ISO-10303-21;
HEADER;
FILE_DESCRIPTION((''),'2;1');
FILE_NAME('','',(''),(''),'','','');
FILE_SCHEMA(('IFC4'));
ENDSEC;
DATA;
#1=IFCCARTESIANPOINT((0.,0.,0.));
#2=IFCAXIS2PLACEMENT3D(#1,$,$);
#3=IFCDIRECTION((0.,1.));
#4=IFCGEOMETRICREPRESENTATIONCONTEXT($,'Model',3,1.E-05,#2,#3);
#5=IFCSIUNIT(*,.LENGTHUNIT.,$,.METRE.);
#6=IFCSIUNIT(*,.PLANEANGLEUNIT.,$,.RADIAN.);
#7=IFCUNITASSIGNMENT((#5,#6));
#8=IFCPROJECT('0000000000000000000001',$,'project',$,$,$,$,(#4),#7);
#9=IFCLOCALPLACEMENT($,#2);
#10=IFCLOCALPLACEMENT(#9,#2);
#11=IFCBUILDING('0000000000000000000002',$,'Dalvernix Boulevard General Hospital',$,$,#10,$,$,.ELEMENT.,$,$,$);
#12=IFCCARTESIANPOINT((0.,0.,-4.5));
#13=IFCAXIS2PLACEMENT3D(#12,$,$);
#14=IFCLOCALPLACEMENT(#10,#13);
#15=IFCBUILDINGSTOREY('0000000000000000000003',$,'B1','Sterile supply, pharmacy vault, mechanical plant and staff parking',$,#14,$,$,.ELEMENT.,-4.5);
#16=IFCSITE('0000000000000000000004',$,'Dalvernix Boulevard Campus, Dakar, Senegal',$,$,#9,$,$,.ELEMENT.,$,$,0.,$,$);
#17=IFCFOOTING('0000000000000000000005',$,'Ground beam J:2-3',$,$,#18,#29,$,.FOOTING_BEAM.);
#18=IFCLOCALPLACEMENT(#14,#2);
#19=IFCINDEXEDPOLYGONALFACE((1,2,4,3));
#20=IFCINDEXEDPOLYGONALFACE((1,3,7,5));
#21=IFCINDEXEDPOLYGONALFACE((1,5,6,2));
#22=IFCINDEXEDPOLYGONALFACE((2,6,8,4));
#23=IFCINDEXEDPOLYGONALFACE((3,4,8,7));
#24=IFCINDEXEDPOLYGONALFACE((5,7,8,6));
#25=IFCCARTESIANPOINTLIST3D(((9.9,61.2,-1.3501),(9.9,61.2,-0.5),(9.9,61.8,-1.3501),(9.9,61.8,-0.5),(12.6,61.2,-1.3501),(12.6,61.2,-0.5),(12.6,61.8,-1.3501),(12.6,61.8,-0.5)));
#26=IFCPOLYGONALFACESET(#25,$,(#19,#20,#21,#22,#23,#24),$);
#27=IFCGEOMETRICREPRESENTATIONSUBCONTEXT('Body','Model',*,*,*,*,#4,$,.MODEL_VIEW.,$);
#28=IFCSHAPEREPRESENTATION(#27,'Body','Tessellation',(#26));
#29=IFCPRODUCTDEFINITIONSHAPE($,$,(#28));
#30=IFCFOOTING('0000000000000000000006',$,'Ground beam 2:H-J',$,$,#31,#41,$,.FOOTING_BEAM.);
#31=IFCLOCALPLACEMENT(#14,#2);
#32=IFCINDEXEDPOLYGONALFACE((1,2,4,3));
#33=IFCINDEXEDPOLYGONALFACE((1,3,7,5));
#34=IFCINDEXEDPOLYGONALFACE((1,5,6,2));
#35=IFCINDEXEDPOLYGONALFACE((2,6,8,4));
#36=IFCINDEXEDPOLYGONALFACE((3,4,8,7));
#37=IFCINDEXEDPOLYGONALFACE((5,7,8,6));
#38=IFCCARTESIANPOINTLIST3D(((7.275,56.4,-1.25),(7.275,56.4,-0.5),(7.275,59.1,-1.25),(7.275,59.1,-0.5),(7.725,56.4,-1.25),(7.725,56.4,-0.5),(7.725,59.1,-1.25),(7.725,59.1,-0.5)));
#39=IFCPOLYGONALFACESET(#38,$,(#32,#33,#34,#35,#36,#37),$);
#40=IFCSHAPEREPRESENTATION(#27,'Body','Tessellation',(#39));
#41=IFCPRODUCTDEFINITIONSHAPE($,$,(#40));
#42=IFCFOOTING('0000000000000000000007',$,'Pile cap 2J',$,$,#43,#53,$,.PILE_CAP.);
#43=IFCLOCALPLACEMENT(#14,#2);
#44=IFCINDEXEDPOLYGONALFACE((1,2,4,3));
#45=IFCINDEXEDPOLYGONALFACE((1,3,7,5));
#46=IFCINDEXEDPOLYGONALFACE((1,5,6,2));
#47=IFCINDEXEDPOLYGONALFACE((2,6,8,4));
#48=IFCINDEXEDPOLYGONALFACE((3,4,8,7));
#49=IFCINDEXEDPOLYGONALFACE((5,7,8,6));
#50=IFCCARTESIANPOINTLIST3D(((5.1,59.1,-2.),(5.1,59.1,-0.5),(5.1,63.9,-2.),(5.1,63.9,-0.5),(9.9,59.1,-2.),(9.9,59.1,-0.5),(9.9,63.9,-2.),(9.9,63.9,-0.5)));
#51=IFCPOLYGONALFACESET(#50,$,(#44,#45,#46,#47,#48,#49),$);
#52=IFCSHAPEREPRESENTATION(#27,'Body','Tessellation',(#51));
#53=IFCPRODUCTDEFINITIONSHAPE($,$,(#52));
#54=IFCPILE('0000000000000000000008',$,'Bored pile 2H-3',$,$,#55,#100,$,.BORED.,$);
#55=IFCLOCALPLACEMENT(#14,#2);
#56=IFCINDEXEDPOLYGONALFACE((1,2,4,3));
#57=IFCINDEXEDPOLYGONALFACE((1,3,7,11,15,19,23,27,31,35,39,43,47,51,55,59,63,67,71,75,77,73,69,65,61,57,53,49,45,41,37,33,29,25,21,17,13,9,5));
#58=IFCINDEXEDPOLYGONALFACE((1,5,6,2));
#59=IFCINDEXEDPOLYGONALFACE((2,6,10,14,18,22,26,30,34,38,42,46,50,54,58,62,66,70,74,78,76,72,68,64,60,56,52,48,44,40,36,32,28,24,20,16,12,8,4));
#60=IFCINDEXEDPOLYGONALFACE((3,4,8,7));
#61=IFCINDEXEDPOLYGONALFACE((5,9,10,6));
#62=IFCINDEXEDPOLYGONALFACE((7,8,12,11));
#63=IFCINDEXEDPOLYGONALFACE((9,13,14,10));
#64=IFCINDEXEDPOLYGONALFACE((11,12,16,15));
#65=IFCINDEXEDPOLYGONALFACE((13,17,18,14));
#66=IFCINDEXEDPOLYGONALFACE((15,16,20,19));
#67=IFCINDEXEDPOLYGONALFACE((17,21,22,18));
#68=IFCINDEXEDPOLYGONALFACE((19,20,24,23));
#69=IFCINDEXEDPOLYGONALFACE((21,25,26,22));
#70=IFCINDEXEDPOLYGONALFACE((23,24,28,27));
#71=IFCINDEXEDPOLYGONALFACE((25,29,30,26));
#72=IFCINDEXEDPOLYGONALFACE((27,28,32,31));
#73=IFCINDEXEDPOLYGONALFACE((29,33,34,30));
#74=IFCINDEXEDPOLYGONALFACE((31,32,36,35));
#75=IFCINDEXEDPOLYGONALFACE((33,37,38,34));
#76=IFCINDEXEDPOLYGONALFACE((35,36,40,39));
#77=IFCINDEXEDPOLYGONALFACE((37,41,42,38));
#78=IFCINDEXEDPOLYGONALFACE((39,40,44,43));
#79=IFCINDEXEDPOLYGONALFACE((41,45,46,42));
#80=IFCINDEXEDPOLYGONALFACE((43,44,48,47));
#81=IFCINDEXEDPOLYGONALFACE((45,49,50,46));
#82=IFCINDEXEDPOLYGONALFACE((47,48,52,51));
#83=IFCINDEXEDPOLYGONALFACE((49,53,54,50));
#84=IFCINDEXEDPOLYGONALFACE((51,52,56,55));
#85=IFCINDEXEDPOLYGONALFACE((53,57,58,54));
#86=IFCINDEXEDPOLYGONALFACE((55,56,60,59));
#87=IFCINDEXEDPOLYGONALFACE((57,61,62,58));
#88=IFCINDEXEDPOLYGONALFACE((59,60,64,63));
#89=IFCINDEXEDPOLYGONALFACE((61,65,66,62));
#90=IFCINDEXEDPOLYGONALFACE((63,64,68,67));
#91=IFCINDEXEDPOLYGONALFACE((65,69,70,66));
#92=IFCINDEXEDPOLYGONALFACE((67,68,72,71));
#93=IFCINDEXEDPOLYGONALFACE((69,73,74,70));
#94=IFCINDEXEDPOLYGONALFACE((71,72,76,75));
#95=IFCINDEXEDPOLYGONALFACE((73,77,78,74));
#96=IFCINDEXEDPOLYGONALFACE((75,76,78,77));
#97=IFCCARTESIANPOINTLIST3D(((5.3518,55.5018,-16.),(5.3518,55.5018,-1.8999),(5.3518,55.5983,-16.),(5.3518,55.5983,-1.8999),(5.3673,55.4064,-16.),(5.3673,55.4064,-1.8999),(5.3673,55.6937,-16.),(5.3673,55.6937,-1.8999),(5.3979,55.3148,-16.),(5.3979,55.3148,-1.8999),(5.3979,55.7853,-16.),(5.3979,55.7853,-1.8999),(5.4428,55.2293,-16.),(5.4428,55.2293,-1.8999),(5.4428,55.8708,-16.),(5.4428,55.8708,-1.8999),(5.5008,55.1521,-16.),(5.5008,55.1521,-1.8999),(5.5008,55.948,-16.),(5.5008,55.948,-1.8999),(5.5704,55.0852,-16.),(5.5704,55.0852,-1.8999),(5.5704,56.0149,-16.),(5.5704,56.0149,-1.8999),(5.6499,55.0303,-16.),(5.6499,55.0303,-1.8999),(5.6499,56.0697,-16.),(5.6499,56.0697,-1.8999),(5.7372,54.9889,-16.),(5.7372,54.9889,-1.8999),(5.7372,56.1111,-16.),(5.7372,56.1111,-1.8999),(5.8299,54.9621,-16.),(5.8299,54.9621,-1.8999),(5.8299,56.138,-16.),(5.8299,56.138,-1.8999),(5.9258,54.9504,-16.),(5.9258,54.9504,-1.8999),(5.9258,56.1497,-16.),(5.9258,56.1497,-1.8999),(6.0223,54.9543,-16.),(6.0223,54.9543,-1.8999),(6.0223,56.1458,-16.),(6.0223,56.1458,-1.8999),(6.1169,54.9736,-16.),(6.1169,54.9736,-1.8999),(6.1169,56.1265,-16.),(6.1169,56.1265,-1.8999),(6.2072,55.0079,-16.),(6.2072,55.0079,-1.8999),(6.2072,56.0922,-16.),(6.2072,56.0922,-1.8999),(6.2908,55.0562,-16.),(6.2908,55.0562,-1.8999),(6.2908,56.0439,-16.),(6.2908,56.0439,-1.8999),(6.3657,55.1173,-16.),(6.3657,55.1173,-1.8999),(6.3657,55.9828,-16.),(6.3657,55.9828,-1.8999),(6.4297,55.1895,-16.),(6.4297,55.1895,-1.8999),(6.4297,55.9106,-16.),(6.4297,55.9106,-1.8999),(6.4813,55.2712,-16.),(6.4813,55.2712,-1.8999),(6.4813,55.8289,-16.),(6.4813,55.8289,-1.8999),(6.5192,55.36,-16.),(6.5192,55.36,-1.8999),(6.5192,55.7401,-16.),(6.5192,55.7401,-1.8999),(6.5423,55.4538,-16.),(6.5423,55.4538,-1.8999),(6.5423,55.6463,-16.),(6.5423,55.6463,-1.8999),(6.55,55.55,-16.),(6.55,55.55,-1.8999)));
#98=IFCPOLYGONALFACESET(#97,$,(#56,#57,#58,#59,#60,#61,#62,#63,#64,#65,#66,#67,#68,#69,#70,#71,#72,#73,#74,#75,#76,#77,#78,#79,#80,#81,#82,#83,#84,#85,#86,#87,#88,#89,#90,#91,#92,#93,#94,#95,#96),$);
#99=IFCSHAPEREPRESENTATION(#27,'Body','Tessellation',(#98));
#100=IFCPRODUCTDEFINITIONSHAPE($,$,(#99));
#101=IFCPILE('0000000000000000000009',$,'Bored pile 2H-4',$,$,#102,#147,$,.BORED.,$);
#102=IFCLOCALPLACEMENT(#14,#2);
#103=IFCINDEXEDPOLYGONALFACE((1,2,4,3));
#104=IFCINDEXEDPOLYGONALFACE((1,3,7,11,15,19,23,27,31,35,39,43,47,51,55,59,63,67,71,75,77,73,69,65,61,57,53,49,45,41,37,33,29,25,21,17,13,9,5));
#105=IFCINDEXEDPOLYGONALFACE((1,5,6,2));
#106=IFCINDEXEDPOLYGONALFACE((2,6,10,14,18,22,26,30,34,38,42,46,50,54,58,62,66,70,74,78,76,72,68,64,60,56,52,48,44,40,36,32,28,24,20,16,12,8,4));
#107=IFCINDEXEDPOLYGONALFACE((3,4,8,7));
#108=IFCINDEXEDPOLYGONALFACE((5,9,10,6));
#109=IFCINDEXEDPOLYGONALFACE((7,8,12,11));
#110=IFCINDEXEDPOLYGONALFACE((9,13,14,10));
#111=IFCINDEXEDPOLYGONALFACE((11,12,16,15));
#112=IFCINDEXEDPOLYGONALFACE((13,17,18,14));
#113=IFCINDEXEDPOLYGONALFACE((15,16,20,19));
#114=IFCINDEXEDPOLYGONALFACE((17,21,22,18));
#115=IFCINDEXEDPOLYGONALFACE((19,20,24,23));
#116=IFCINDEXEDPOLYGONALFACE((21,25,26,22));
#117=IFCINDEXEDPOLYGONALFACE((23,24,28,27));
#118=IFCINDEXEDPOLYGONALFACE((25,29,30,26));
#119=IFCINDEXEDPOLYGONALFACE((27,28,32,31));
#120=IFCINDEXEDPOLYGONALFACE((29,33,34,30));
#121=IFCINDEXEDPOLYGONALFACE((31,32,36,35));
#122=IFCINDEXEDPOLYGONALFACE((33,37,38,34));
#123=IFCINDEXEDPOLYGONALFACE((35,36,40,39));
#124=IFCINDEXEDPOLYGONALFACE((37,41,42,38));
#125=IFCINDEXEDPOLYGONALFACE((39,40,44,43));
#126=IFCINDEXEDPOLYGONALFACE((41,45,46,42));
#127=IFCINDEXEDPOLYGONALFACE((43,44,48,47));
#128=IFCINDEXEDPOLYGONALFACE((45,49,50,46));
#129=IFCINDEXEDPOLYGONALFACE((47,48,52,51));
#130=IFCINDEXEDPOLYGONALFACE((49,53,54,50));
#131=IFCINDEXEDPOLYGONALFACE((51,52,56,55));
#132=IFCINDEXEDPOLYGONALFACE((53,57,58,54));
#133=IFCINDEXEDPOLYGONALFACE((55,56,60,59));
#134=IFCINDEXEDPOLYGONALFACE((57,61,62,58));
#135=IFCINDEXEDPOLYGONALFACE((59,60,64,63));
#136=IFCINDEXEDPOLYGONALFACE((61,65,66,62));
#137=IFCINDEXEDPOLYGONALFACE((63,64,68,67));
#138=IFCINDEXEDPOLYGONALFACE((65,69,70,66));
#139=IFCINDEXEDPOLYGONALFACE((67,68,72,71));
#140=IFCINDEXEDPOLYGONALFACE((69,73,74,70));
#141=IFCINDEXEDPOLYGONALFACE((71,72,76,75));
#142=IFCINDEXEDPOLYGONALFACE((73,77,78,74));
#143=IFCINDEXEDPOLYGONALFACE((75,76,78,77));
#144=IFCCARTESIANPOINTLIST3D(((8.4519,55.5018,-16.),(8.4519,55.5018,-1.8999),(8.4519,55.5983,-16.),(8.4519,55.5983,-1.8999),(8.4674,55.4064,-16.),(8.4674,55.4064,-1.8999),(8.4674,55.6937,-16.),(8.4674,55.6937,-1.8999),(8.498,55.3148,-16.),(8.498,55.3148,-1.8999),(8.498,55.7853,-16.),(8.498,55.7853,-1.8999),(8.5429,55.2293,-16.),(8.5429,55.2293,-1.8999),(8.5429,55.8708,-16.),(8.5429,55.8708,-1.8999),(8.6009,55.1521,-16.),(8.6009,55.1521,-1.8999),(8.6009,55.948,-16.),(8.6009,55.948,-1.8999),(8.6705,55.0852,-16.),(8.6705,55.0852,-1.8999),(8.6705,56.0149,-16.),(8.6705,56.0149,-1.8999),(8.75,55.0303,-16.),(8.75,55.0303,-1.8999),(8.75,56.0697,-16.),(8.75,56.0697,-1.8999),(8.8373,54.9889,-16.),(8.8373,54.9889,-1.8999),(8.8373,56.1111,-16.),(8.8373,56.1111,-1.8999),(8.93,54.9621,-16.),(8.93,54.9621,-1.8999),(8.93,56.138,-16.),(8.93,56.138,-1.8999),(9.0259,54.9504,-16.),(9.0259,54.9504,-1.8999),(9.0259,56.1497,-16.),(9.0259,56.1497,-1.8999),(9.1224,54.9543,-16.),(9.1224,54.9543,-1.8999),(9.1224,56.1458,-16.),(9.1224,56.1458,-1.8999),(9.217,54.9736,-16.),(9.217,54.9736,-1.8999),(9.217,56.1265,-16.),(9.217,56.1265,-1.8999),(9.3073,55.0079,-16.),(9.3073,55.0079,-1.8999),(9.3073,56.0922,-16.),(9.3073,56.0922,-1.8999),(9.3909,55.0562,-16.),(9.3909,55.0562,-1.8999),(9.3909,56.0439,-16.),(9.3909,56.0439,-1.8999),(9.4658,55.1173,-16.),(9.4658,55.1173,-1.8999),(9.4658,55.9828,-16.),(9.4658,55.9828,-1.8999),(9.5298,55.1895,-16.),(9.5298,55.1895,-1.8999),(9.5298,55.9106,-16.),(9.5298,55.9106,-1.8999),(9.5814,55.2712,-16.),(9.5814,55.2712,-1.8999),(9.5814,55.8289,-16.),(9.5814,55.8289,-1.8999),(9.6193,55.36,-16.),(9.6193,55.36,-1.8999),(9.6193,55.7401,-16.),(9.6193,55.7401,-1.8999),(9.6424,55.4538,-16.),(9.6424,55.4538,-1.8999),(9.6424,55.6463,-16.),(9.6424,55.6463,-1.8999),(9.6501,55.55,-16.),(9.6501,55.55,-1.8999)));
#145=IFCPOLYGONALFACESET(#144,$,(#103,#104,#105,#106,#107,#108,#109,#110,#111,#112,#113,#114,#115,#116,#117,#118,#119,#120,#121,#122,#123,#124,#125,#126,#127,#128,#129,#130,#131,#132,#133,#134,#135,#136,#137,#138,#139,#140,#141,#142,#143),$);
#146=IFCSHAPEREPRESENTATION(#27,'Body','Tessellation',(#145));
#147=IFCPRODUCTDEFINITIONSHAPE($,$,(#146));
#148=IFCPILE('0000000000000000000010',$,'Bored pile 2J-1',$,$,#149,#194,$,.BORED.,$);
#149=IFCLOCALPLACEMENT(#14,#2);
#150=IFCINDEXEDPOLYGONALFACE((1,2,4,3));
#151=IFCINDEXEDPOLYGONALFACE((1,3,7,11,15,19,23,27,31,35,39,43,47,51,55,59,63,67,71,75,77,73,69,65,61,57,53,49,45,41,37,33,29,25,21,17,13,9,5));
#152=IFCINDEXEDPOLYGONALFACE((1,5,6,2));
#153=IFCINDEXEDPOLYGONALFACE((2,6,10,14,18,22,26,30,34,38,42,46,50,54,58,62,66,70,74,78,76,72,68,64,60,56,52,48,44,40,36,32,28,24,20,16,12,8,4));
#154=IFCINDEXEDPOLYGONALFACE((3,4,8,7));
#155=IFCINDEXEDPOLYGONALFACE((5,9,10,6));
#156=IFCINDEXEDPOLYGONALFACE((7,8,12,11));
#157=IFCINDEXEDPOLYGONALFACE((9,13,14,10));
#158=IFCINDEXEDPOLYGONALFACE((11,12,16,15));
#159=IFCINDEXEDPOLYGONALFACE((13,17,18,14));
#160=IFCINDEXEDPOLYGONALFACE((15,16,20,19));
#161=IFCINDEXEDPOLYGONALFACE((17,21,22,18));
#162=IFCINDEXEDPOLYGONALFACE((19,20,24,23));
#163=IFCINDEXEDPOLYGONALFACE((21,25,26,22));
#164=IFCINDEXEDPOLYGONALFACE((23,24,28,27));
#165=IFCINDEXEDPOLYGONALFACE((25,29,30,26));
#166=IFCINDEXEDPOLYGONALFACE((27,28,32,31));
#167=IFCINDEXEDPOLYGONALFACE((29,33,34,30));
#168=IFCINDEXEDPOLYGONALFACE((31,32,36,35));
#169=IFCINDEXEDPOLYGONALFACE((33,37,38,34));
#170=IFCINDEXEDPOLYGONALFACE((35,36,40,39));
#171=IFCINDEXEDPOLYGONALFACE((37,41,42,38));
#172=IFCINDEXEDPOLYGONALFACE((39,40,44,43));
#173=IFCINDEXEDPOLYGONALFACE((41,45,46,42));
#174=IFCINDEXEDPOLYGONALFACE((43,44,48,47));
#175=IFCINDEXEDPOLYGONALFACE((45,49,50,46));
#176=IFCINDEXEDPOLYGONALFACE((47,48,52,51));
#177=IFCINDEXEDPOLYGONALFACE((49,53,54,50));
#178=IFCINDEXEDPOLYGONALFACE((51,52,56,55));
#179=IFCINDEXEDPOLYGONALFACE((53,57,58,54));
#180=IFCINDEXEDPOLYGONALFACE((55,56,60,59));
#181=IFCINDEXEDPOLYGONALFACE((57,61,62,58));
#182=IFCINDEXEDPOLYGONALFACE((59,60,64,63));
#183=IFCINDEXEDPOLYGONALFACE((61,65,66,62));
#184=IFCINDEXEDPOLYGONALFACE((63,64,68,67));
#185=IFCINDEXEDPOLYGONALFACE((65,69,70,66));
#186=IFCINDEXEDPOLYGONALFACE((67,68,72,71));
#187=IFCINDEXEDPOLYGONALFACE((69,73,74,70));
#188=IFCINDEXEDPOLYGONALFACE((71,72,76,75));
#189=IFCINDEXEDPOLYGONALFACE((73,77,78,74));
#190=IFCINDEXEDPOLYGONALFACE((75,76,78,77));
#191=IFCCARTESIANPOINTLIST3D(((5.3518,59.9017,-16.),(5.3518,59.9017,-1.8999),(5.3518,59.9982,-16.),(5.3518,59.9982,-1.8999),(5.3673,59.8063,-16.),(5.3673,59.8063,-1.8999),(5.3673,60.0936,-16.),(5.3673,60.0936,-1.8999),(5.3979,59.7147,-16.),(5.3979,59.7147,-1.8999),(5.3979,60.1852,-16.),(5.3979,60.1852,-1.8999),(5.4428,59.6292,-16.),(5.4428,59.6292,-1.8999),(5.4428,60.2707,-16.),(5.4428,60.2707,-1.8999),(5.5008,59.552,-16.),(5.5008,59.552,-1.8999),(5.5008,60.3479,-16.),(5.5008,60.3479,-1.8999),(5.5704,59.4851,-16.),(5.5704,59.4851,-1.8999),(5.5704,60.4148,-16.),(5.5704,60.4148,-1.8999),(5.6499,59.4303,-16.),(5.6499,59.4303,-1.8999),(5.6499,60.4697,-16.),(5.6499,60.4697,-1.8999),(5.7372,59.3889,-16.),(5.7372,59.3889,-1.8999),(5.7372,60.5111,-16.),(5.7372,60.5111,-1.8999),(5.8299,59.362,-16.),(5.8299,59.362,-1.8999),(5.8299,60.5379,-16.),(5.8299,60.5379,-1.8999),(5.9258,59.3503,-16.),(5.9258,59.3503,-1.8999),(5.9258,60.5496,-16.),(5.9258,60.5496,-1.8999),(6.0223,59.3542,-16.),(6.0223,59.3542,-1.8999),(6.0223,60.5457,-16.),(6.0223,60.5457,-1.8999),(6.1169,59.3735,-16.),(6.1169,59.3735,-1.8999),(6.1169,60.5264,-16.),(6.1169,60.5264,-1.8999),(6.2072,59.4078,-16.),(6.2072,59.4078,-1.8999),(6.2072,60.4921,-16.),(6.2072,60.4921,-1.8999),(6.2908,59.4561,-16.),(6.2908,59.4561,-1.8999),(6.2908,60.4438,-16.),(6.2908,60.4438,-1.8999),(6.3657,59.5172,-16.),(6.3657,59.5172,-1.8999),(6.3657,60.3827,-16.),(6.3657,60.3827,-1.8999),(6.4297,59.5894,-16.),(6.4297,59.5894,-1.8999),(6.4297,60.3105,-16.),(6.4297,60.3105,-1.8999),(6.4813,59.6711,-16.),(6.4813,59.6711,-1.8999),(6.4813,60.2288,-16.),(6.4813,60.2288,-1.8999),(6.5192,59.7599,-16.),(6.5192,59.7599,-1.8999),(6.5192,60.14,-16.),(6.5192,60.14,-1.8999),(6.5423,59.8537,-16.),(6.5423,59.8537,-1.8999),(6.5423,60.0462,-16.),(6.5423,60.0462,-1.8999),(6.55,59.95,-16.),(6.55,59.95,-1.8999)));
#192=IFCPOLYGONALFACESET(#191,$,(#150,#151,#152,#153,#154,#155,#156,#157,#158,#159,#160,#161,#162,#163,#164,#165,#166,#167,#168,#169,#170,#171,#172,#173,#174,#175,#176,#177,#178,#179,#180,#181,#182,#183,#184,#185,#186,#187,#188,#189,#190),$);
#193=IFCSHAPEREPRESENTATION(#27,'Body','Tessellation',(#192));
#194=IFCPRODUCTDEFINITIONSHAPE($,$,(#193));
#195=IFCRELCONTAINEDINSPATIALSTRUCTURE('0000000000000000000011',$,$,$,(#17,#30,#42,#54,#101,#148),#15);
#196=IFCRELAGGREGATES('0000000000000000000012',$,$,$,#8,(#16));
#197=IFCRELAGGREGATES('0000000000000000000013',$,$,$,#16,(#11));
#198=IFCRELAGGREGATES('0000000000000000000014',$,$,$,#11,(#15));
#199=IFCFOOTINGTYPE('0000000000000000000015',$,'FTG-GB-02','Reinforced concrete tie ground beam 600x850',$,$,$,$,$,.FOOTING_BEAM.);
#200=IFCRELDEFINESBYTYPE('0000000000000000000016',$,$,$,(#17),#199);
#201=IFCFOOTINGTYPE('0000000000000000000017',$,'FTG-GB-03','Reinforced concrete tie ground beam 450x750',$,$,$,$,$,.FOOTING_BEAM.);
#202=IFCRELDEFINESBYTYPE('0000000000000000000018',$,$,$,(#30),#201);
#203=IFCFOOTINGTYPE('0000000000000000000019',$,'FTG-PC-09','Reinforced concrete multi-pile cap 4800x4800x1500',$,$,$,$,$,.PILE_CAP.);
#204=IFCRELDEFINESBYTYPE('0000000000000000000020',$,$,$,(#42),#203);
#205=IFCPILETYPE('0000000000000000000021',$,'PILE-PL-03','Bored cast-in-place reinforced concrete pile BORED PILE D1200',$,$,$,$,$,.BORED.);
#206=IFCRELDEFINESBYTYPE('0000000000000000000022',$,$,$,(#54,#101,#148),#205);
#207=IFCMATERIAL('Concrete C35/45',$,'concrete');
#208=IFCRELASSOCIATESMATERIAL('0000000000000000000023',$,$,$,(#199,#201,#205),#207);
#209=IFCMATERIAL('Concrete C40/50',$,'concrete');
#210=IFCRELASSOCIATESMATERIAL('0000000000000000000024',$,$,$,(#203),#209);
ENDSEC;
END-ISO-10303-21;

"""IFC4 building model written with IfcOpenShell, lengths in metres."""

from ifc_helpers import new_model, si_unit, direction, frame, origin, origin_2d, place, context, subcontext, project, spatial, rectangle, circle, extrude, material, material_profile, profile_set, type_object, element, save


model = new_model("IFC4")

# Units and contexts
model_context = context("Model", 3, precision=1e-05, world=origin(), true_north=direction((0.0, 1.0)))
body_context = subcontext(model_context, "Body", "Model", "MODEL_VIEW")
ifc_project = project(units=[si_unit("LENGTHUNIT", "METRE"), si_unit("PLANEANGLEUNIT", "RADIAN")], contexts=[model_context])

# Site, building, storey
site_placement = place(None, origin())
site = spatial("IfcSite", under=ifc_project, at=site_placement, Name="Dalvernix Boulevard Campus, Dakar, Senegal", CompositionType="ELEMENT", RefElevation=0.0)
building_placement = place(site_placement, origin())
building = spatial("IfcBuilding", under=site, at=building_placement, Name="Dalvernix Boulevard General Hospital", CompositionType="ELEMENT")
storey_placement = place(building_placement, frame((0.0, 0.0, -4.5)))
storey = spatial("IfcBuildingStorey", under=building, at=storey_placement, Name="B1", Description="Sterile supply, pharmacy vault, mechanical plant and staff parking", CompositionType="ELEMENT", Elevation=-4.5)

# Footings
ifc_material_1 = material(Name="Concrete C35/45", Category="concrete")
footing_type_1 = type_object("IfcFootingType", Name="FTG-GB-02", Description="Reinforced concrete tie ground beam 600x850", PredefinedType="FOOTING_BEAM", material=ifc_material_1)
footing_1_placement = place(storey_placement, frame((11.25, 61.5, -1.3501), z_axis=(0.0, 0.0, 1.0), x_axis=(1.0, 0.0, 0.0)))
element("IfcFooting", 1, at=footing_1_placement, inside=storey, type_object=footing_type_1, Name="Ground beam J:2-3", PredefinedType="FOOTING_BEAM", context=body_context, shape_type="SweptSolid", body=[
    extrude(rectangle(XDim=2.7, YDim=0.6001, at=origin_2d()), origin(), (0.0, 0.0, 1.0), 0.8501),
])
footing_type_2 = type_object("IfcFootingType", Name="FTG-GB-03", Description="Reinforced concrete tie ground beam 450x750", PredefinedType="FOOTING_BEAM", material=ifc_material_1)
footing_2_placement = place(storey_placement, frame((7.5, 57.75, -1.25), z_axis=(0.0, 0.0, 1.0), x_axis=(0.0, 1.0, 0.0)))
element("IfcFooting", 2, at=footing_2_placement, inside=storey, type_object=footing_type_2, Name="Ground beam 2:H-J", PredefinedType="FOOTING_BEAM", context=body_context, shape_type="SweptSolid", body=[
    extrude(rectangle(XDim=2.7, YDim=0.45, at=origin_2d()), origin(), (0.0, 0.0, 1.0), 0.75),
])
ifc_material_2 = material(Name="Concrete C40/50", Category="concrete")
footing_type_3 = type_object("IfcFootingType", Name="FTG-PC-09", Description="Reinforced concrete multi-pile cap 4800x4800x1500", PredefinedType="PILE_CAP", material=ifc_material_2)
footing_3_placement = place(storey_placement, frame((7.5, 61.5, -2.0), z_axis=(0.0, 0.0, 1.0), x_axis=(1.0, 0.0, 0.0)))
element("IfcFooting", 3, at=footing_3_placement, inside=storey, type_object=footing_type_3, Name="Pile cap 2J", PredefinedType="PILE_CAP", context=body_context, shape_type="SweptSolid", body=[
    extrude(rectangle(XDim=4.8, YDim=4.8, at=origin_2d()), origin(), (0.0, 0.0, 1.0), 1.5),
])

# Piles
ifc_material_profile_1 = material_profile(ifc_material_1, circle(Radius=0.6001, at=origin_2d()), Name="BORED PILE D1200")
ifc_profile_set_1 = profile_set([ifc_material_profile_1], Name="Concrete C35/45")
pile_type = type_object("IfcPileType", Name="PILE-PL-03", Description="Bored cast-in-place reinforced concrete pile BORED PILE D1200", PredefinedType="BORED", material=ifc_profile_set_1)
for number, where, z_axis, x_axis, name in (
    (4, (5.95, 55.55, -1.8999), (0.0, 0.0, -1.0), (1.0, 0.0, 0.0), "Bored pile 2H-3"),
    (5, (9.05, 55.55, -1.8999), (0.0, 0.0, -1.0), (1.0, 0.0, 0.0), "Bored pile 2H-4"),
    (6, (5.95, 59.95, -1.8999), (0.0, 0.0, -1.0), (1.0, 0.0, 0.0), "Bored pile 2J-1"),
):
    element("IfcPile", number, at=place(storey_placement, frame(where, z_axis=z_axis, x_axis=x_axis)), inside=storey, type_object=pile_type, Name=name, PredefinedType="BORED", context=body_context, shape_type="SweptSolid", body=[
        extrude(circle(Radius=0.6001, at=origin_2d()), origin(), (0.0, 0.0, 1.0), 14.1001),
    ])

save(model, "model.ifc")
